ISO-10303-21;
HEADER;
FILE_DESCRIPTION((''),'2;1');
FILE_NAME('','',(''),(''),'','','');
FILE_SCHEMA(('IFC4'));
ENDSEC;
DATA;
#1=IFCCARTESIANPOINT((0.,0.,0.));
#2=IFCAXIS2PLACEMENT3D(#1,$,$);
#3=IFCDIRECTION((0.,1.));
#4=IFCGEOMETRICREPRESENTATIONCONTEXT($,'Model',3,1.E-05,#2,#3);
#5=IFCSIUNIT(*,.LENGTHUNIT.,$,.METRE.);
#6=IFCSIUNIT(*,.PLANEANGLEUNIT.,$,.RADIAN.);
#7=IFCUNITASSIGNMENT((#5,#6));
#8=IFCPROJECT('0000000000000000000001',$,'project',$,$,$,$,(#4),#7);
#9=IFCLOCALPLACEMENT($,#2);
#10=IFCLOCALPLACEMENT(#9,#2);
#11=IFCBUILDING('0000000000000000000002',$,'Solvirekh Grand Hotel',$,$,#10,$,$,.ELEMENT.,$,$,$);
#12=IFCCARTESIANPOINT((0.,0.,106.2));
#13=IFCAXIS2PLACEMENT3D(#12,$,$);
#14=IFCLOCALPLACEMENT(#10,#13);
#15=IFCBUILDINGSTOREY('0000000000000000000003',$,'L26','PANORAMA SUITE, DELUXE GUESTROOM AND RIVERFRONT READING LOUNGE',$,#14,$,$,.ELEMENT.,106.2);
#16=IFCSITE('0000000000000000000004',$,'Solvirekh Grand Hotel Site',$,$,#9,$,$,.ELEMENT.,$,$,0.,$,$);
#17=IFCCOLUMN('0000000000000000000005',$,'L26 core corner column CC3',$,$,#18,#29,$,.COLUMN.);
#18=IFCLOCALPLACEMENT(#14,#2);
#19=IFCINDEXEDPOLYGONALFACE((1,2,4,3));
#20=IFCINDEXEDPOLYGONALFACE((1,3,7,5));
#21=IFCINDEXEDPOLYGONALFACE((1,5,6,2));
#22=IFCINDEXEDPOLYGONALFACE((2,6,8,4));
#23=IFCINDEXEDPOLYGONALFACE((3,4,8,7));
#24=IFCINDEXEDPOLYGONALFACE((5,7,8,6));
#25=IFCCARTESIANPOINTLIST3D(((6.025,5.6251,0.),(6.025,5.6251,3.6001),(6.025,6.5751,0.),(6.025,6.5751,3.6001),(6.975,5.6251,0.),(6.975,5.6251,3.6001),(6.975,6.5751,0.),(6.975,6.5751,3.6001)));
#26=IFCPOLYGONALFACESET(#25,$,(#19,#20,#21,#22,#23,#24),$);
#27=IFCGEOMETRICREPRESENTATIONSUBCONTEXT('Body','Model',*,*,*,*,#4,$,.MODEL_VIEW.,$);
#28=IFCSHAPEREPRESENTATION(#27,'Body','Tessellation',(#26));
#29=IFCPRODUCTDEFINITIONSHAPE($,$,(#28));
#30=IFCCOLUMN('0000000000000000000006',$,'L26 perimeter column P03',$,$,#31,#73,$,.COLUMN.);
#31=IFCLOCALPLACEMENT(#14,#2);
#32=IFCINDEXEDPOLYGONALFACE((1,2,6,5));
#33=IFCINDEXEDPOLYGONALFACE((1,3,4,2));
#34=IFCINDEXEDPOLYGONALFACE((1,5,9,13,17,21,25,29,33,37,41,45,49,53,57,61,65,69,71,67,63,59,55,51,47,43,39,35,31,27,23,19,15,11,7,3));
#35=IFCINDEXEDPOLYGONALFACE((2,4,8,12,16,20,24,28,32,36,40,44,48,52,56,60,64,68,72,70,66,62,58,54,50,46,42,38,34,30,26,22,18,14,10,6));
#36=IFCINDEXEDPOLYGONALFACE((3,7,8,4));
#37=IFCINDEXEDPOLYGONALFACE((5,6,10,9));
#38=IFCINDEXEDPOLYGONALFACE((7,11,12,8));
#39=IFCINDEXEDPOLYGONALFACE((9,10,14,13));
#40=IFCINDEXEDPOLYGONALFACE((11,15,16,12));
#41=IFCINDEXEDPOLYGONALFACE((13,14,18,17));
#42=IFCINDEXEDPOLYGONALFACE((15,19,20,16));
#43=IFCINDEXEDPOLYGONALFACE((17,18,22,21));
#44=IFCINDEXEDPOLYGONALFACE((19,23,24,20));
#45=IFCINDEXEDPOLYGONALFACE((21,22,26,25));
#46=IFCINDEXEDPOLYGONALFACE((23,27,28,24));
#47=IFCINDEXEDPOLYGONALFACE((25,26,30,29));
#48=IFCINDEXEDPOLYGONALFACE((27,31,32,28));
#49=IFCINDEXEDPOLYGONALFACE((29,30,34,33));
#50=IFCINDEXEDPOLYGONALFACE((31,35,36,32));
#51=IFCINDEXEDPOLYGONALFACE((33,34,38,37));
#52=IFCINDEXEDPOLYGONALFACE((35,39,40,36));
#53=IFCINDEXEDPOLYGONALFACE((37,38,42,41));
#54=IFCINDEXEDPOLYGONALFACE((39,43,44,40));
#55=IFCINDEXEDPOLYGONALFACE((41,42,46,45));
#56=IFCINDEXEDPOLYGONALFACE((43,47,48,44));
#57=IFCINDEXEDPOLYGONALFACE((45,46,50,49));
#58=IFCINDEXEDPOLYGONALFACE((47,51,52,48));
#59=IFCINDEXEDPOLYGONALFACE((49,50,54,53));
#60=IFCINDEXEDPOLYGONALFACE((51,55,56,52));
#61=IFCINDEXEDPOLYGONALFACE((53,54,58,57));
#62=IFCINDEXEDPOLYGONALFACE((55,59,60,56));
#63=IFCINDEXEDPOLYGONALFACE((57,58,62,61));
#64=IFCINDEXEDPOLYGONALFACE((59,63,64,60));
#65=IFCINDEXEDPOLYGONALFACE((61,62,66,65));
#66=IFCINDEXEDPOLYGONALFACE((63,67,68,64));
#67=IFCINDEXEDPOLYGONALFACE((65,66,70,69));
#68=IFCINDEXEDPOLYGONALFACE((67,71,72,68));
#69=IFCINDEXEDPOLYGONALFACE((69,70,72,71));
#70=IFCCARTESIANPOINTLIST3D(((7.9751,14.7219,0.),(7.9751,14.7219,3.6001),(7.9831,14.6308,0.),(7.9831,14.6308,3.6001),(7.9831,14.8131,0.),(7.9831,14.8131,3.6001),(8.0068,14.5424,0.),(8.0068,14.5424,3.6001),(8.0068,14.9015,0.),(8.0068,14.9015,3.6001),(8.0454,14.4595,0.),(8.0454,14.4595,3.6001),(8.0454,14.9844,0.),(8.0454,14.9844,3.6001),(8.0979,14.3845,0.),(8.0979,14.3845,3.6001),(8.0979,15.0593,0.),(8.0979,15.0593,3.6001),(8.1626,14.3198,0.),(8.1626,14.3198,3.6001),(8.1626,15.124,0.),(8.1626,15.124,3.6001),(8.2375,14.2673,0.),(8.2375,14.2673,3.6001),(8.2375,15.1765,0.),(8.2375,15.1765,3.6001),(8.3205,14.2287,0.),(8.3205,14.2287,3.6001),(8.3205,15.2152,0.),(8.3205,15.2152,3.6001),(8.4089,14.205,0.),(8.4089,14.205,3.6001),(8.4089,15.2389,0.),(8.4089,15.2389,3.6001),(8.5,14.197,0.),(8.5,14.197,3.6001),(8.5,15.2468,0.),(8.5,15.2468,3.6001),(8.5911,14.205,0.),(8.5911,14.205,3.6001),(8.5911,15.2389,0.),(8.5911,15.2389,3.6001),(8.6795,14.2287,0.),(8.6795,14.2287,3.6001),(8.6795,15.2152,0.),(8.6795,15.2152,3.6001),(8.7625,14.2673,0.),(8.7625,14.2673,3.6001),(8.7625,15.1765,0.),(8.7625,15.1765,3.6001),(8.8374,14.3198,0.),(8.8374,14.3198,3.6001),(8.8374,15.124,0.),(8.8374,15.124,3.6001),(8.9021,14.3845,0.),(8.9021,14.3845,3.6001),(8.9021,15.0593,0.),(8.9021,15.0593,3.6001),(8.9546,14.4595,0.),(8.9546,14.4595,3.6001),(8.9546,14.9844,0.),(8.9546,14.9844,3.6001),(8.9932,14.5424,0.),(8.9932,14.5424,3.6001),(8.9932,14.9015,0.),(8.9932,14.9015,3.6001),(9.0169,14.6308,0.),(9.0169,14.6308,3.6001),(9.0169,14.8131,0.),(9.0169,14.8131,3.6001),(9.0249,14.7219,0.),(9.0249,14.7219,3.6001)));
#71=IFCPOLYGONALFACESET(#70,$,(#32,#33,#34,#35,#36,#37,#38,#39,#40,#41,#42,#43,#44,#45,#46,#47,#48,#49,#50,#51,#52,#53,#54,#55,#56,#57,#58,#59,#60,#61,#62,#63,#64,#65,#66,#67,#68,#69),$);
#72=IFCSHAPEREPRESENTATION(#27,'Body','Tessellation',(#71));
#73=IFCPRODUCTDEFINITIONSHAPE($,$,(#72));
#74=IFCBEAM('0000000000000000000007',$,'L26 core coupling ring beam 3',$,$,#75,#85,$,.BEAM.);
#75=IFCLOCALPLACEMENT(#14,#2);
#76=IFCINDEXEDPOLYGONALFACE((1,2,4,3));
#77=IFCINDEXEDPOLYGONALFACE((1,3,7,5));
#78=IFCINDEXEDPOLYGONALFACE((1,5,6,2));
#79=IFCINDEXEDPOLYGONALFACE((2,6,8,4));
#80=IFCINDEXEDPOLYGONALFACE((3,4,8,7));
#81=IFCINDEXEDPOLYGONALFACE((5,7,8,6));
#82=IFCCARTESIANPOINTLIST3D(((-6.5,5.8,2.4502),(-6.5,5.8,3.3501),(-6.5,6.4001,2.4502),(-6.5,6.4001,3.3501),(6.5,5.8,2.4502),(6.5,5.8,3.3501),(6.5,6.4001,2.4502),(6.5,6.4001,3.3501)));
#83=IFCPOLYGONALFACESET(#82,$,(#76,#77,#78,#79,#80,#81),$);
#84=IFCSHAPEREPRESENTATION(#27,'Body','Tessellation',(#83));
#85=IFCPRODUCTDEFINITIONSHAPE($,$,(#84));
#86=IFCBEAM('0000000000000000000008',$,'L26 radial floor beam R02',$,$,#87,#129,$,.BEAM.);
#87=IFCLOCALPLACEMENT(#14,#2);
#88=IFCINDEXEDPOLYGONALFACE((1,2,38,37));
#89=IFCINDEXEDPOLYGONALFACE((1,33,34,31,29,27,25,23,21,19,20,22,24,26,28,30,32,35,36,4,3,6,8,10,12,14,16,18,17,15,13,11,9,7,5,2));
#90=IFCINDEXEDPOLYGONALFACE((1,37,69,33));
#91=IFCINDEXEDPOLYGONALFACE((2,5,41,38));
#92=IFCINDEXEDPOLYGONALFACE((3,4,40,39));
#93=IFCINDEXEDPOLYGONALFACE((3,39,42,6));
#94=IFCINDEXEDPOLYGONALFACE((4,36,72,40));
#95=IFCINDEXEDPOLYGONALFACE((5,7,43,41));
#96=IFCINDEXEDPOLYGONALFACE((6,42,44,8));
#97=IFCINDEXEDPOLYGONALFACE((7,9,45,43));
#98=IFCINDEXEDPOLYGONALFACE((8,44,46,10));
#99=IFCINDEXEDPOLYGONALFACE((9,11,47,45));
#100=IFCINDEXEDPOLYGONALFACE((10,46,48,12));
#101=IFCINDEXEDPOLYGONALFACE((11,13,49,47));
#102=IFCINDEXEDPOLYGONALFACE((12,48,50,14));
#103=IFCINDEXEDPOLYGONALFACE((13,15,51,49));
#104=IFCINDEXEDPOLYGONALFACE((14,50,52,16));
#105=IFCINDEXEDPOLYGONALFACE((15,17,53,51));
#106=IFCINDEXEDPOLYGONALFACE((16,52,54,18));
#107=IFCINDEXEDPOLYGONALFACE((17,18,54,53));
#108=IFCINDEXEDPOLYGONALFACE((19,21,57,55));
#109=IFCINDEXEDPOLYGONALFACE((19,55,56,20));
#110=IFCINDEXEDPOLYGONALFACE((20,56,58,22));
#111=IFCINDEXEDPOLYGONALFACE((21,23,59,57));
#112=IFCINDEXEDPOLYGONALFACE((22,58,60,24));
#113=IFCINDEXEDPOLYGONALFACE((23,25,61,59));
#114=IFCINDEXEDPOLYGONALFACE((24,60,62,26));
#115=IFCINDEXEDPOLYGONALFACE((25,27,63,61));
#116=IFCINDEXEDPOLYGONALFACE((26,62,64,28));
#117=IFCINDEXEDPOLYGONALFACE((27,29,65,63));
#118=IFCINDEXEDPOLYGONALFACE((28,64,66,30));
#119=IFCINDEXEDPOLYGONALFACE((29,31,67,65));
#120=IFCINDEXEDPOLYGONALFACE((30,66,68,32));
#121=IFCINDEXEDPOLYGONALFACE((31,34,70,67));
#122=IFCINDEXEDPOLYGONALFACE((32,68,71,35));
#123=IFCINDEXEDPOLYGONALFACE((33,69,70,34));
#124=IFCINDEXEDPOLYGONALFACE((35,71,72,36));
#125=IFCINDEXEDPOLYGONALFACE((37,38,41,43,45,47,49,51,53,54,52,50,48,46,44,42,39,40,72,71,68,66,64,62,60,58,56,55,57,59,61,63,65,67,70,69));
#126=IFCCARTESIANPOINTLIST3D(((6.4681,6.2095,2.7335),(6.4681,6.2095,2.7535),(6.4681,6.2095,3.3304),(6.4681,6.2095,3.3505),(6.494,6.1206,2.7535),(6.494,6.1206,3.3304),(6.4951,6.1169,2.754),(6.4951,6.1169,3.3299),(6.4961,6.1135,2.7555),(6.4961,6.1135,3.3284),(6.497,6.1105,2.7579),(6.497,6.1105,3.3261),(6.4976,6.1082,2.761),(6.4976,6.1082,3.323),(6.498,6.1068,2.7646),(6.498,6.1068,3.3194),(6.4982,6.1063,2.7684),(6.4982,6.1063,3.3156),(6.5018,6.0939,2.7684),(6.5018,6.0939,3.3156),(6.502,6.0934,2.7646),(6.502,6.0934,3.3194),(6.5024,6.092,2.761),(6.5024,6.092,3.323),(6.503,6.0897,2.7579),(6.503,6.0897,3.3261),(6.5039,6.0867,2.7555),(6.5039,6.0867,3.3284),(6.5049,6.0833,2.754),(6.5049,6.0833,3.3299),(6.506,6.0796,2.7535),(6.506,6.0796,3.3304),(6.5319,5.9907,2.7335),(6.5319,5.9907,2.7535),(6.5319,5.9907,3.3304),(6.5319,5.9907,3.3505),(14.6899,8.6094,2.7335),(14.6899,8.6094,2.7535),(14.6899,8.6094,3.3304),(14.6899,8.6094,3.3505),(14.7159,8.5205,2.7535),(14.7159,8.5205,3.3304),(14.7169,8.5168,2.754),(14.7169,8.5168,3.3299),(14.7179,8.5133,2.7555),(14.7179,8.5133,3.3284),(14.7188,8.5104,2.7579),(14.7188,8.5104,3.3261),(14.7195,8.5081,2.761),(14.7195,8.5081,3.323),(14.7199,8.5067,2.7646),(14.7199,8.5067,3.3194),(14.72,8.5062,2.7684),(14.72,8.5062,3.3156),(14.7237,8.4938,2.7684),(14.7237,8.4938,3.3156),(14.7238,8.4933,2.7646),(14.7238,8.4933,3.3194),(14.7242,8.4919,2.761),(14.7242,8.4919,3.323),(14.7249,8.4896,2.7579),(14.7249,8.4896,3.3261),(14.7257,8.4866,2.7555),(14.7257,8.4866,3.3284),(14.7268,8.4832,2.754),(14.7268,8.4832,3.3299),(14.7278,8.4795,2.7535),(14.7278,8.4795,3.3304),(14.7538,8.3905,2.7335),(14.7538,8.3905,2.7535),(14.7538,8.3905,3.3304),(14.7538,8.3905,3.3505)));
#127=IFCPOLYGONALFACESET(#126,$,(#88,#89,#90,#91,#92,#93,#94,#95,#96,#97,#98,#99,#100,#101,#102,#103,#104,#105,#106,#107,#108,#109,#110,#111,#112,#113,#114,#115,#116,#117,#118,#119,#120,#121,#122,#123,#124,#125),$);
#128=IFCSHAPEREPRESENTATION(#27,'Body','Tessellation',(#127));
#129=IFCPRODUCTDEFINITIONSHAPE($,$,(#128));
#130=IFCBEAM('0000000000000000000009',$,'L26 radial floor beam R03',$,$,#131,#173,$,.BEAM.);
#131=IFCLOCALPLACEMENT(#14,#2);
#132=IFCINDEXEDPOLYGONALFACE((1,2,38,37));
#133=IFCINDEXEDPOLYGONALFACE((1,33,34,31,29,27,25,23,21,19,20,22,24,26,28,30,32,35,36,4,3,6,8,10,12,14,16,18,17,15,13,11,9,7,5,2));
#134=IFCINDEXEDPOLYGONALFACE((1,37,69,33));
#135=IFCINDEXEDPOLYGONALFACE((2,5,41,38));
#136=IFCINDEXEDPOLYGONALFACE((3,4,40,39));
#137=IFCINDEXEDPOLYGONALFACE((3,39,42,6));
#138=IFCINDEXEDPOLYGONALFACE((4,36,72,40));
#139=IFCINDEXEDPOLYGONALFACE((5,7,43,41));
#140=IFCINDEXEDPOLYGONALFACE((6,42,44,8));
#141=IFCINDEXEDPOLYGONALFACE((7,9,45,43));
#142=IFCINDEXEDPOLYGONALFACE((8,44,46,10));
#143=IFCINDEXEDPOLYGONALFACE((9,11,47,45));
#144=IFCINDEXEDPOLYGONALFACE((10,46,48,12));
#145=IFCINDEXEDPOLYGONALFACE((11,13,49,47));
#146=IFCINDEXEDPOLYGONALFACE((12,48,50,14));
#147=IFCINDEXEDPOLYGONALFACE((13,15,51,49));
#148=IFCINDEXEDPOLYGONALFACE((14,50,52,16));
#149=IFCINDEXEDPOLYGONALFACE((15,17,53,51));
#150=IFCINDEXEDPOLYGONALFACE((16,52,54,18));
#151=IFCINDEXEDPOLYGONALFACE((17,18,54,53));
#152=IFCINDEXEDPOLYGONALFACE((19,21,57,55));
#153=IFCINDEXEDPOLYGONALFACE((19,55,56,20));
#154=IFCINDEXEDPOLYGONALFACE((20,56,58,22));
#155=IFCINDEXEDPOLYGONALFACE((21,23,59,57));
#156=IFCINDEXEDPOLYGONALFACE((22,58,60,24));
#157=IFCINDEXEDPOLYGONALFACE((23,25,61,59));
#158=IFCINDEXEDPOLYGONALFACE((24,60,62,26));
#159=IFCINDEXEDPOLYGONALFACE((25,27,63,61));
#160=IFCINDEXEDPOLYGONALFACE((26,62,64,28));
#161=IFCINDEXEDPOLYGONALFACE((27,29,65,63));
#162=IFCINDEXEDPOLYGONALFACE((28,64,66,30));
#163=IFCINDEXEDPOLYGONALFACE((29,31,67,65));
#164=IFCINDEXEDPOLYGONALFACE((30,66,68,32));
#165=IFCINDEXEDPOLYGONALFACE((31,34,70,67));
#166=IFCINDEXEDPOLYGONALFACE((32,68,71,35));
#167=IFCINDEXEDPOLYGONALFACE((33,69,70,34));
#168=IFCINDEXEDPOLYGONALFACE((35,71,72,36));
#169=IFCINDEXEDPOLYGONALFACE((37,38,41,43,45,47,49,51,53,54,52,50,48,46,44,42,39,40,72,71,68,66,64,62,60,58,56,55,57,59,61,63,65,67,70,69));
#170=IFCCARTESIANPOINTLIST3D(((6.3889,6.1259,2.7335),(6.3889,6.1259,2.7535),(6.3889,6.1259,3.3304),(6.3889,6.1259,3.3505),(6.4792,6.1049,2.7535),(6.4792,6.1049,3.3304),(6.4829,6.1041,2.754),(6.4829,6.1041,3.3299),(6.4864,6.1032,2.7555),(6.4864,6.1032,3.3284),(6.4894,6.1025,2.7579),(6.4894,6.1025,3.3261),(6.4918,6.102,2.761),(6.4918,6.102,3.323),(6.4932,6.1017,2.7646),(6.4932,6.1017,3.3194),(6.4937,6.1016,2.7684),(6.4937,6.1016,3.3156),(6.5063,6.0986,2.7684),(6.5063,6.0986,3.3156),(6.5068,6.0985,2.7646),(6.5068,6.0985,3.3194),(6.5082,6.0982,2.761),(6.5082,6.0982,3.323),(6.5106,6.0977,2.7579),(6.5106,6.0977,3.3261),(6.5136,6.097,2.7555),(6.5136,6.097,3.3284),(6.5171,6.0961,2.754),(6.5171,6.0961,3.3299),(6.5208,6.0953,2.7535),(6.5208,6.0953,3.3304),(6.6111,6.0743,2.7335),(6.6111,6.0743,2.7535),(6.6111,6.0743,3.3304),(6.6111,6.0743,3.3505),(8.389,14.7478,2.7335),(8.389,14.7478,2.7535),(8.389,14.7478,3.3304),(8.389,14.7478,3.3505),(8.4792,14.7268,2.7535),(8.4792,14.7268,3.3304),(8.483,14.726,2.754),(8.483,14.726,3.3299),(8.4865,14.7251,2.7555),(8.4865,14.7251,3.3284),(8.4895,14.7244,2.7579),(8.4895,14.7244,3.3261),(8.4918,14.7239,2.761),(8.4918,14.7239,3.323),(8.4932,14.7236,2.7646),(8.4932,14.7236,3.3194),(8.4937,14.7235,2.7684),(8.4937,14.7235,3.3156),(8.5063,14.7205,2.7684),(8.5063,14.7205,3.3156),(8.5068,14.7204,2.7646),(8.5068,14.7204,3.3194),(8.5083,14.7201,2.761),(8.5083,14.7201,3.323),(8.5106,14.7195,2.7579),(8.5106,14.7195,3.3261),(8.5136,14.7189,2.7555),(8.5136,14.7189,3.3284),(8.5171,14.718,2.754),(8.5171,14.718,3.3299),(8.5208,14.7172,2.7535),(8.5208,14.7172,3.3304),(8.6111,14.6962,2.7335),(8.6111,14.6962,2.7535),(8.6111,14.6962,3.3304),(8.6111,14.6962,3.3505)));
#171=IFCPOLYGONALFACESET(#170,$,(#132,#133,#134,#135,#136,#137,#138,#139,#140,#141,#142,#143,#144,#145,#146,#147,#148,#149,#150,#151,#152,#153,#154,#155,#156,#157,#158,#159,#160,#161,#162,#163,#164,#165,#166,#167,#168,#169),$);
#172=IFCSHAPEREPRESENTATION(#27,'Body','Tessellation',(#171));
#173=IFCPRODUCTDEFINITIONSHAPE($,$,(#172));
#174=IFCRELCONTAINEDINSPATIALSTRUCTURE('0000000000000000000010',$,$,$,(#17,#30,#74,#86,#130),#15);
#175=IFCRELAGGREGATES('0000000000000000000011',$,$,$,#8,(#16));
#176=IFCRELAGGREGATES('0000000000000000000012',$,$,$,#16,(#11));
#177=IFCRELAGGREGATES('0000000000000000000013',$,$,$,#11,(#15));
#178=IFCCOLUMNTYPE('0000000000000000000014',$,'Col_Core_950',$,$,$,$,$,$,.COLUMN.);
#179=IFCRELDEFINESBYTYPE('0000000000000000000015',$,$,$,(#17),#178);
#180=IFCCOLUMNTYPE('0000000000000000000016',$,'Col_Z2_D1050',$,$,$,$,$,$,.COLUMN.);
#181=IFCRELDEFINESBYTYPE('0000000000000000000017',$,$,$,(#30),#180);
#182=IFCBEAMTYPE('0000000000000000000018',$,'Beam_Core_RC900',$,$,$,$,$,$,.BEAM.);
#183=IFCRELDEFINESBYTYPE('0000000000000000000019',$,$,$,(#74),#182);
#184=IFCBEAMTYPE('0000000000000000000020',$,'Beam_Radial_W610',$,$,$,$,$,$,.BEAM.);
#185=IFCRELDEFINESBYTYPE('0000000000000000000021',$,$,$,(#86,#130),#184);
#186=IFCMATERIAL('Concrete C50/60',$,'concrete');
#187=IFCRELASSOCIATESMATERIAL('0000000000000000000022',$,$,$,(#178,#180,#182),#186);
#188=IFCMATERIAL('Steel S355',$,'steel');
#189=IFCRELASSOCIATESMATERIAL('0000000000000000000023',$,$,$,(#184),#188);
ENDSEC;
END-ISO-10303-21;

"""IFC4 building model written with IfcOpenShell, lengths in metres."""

from ifc_helpers import new_model, si_unit, direction, frame, origin, origin_2d, place, context, subcontext, project, spatial, rectangle, circle, i_section, extrude, material, material_profile, profile_set, type_object, element, save


model = new_model("IFC4")

# Units and contexts
model_context = context("Model", 3, precision=1e-05, world=origin(), true_north=direction((0.0, 1.0)))
body_context = subcontext(model_context, "Body", "Model", "MODEL_VIEW")
ifc_project = project(units=[si_unit("LENGTHUNIT", "METRE"), si_unit("PLANEANGLEUNIT", "RADIAN")], contexts=[model_context])

# Site, building, storey
site_placement = place(None, origin())
site = spatial("IfcSite", under=ifc_project, at=site_placement, Name="Solvirekh Grand Hotel Site", CompositionType="ELEMENT", RefElevation=0.0)
building_placement = place(site_placement, origin())
building = spatial("IfcBuilding", under=site, at=building_placement, Name="Solvirekh Grand Hotel", CompositionType="ELEMENT")
storey_placement = place(building_placement, frame((0.0, 0.0, 106.2)))
storey = spatial("IfcBuildingStorey", under=building, at=storey_placement, Name="L26", Description="PANORAMA SUITE, DELUXE GUESTROOM AND RIVERFRONT READING LOUNGE", CompositionType="ELEMENT", Elevation=106.2)

# Columns
ifc_material_1 = material(Name="Concrete C50/60", Category="concrete")
ifc_material_profile_1 = material_profile(ifc_material_1, rectangle(XDim=0.95, YDim=0.95, at=origin_2d()), Name="RC 950X950")
ifc_profile_set_1 = profile_set([ifc_material_profile_1], Name="Concrete C50/60")
column_type_1 = type_object("IfcColumnType", Name="Col_Core_950", PredefinedType="COLUMN", material=ifc_profile_set_1)
column_1_placement = place(storey_placement, frame((6.5, 6.1001, 0.0), z_axis=(0.0, 0.0, 1.0), x_axis=(1.0, 0.0, 0.0)))
element("IfcColumn", 1, at=column_1_placement, inside=storey, type_object=column_type_1, Name="L26 core corner column CC3", PredefinedType="COLUMN", context=body_context, shape_type="SweptSolid", body=[
    extrude(rectangle(XDim=0.95, YDim=0.95, at=origin_2d()), origin(), (0.0, 0.0, 1.0), 3.6001),
])
ifc_material_profile_2 = material_profile(ifc_material_1, circle(Radius=0.5249, at=origin_2d()), Name="RC CIRC D1050")
ifc_profile_set_2 = profile_set([ifc_material_profile_2], Name="Concrete C50/60")
column_type_2 = type_object("IfcColumnType", Name="Col_Z2_D1050", PredefinedType="COLUMN", material=ifc_profile_set_2)
column_2_placement = place(storey_placement, frame((8.5, 14.7219, 0.0), z_axis=(0.0, 0.0, 1.0), x_axis=(1.0, 0.0, 0.0)))
element("IfcColumn", 2, at=column_2_placement, inside=storey, type_object=column_type_2, Name="L26 perimeter column P03", PredefinedType="COLUMN", context=body_context, shape_type="SweptSolid", body=[
    extrude(circle(Radius=0.5249, at=origin_2d()), origin(), (0.0, 0.0, 1.0), 3.6001),
])

# Beams
ifc_material_profile_3 = material_profile(ifc_material_1, rectangle(XDim=0.6001, YDim=0.8999, at=origin_2d()), Name="RC BEAM 600X900")
ifc_profile_set_3 = profile_set([ifc_material_profile_3], Name="Concrete C50/60")
beam_type_1 = type_object("IfcBeamType", Name="Beam_Core_RC900", PredefinedType="BEAM", material=ifc_profile_set_3)
beam_1_placement = place(storey_placement, frame((6.5, 6.1001, 2.9001), z_axis=(-1.0, 0.0, 0.0), x_axis=(0.0, -1.0, 0.0)))
element("IfcBeam", 3, at=beam_1_placement, inside=storey, type_object=beam_type_1, Name="L26 core coupling ring beam 3", PredefinedType="BEAM", context=body_context, shape_type="SweptSolid", body=[
    extrude(rectangle(XDim=0.6001, YDim=0.8999, at=origin_2d()), origin(), (0.0, 0.0, 1.0), 13.0),
])
ifc_material_2 = material(Name="Steel S355", Category="steel")
ifc_material_profile_4 = material_profile(ifc_material_2, i_section(OverallWidth=0.228, OverallDepth=0.6169, WebThickness=0.0129, FlangeThickness=0.02, FilletRadius=0.0149, at=origin_2d()), Name="W610X140")
ifc_profile_set_4 = profile_set([ifc_material_profile_4], Name="Steel S355")
beam_type_2 = type_object("IfcBeamType", Name="Beam_Radial_W610", PredefinedType="BEAM", material=ifc_profile_set_4)
beam_2_placement = place(storey_placement, frame((6.5, 6.1001, 3.042), z_axis=(0.959942, 0.280198, 0.0), x_axis=(-0.280198, 0.959942, 0.0)))
element("IfcBeam", 4, at=beam_2_placement, inside=storey, type_object=beam_type_2, Name="L26 radial floor beam R02", PredefinedType="BEAM", context=body_context, shape_type="SweptSolid", body=[
    extrude(i_section(OverallWidth=0.228, OverallDepth=0.6169, WebThickness=0.0129, FlangeThickness=0.02, FilletRadius=0.0149, at=origin_2d()), origin(), (0.0, 0.0, 1.0), 8.5649),
])
beam_3_placement = place(storey_placement, frame((6.5, 6.1001, 3.042), z_axis=(0.225969, 0.974134, 0.0), x_axis=(-0.974134, 0.225969, 0.0)))
element("IfcBeam", 5, at=beam_3_placement, inside=storey, type_object=beam_type_2, Name="L26 radial floor beam R03", PredefinedType="BEAM", context=body_context, shape_type="SweptSolid", body=[
    extrude(i_section(OverallWidth=0.228, OverallDepth=0.6169, WebThickness=0.0129, FlangeThickness=0.02, FilletRadius=0.0149, at=origin_2d()), origin(), (0.0, 0.0, 1.0), 8.8508),
])

save(model, "model.ifc")
